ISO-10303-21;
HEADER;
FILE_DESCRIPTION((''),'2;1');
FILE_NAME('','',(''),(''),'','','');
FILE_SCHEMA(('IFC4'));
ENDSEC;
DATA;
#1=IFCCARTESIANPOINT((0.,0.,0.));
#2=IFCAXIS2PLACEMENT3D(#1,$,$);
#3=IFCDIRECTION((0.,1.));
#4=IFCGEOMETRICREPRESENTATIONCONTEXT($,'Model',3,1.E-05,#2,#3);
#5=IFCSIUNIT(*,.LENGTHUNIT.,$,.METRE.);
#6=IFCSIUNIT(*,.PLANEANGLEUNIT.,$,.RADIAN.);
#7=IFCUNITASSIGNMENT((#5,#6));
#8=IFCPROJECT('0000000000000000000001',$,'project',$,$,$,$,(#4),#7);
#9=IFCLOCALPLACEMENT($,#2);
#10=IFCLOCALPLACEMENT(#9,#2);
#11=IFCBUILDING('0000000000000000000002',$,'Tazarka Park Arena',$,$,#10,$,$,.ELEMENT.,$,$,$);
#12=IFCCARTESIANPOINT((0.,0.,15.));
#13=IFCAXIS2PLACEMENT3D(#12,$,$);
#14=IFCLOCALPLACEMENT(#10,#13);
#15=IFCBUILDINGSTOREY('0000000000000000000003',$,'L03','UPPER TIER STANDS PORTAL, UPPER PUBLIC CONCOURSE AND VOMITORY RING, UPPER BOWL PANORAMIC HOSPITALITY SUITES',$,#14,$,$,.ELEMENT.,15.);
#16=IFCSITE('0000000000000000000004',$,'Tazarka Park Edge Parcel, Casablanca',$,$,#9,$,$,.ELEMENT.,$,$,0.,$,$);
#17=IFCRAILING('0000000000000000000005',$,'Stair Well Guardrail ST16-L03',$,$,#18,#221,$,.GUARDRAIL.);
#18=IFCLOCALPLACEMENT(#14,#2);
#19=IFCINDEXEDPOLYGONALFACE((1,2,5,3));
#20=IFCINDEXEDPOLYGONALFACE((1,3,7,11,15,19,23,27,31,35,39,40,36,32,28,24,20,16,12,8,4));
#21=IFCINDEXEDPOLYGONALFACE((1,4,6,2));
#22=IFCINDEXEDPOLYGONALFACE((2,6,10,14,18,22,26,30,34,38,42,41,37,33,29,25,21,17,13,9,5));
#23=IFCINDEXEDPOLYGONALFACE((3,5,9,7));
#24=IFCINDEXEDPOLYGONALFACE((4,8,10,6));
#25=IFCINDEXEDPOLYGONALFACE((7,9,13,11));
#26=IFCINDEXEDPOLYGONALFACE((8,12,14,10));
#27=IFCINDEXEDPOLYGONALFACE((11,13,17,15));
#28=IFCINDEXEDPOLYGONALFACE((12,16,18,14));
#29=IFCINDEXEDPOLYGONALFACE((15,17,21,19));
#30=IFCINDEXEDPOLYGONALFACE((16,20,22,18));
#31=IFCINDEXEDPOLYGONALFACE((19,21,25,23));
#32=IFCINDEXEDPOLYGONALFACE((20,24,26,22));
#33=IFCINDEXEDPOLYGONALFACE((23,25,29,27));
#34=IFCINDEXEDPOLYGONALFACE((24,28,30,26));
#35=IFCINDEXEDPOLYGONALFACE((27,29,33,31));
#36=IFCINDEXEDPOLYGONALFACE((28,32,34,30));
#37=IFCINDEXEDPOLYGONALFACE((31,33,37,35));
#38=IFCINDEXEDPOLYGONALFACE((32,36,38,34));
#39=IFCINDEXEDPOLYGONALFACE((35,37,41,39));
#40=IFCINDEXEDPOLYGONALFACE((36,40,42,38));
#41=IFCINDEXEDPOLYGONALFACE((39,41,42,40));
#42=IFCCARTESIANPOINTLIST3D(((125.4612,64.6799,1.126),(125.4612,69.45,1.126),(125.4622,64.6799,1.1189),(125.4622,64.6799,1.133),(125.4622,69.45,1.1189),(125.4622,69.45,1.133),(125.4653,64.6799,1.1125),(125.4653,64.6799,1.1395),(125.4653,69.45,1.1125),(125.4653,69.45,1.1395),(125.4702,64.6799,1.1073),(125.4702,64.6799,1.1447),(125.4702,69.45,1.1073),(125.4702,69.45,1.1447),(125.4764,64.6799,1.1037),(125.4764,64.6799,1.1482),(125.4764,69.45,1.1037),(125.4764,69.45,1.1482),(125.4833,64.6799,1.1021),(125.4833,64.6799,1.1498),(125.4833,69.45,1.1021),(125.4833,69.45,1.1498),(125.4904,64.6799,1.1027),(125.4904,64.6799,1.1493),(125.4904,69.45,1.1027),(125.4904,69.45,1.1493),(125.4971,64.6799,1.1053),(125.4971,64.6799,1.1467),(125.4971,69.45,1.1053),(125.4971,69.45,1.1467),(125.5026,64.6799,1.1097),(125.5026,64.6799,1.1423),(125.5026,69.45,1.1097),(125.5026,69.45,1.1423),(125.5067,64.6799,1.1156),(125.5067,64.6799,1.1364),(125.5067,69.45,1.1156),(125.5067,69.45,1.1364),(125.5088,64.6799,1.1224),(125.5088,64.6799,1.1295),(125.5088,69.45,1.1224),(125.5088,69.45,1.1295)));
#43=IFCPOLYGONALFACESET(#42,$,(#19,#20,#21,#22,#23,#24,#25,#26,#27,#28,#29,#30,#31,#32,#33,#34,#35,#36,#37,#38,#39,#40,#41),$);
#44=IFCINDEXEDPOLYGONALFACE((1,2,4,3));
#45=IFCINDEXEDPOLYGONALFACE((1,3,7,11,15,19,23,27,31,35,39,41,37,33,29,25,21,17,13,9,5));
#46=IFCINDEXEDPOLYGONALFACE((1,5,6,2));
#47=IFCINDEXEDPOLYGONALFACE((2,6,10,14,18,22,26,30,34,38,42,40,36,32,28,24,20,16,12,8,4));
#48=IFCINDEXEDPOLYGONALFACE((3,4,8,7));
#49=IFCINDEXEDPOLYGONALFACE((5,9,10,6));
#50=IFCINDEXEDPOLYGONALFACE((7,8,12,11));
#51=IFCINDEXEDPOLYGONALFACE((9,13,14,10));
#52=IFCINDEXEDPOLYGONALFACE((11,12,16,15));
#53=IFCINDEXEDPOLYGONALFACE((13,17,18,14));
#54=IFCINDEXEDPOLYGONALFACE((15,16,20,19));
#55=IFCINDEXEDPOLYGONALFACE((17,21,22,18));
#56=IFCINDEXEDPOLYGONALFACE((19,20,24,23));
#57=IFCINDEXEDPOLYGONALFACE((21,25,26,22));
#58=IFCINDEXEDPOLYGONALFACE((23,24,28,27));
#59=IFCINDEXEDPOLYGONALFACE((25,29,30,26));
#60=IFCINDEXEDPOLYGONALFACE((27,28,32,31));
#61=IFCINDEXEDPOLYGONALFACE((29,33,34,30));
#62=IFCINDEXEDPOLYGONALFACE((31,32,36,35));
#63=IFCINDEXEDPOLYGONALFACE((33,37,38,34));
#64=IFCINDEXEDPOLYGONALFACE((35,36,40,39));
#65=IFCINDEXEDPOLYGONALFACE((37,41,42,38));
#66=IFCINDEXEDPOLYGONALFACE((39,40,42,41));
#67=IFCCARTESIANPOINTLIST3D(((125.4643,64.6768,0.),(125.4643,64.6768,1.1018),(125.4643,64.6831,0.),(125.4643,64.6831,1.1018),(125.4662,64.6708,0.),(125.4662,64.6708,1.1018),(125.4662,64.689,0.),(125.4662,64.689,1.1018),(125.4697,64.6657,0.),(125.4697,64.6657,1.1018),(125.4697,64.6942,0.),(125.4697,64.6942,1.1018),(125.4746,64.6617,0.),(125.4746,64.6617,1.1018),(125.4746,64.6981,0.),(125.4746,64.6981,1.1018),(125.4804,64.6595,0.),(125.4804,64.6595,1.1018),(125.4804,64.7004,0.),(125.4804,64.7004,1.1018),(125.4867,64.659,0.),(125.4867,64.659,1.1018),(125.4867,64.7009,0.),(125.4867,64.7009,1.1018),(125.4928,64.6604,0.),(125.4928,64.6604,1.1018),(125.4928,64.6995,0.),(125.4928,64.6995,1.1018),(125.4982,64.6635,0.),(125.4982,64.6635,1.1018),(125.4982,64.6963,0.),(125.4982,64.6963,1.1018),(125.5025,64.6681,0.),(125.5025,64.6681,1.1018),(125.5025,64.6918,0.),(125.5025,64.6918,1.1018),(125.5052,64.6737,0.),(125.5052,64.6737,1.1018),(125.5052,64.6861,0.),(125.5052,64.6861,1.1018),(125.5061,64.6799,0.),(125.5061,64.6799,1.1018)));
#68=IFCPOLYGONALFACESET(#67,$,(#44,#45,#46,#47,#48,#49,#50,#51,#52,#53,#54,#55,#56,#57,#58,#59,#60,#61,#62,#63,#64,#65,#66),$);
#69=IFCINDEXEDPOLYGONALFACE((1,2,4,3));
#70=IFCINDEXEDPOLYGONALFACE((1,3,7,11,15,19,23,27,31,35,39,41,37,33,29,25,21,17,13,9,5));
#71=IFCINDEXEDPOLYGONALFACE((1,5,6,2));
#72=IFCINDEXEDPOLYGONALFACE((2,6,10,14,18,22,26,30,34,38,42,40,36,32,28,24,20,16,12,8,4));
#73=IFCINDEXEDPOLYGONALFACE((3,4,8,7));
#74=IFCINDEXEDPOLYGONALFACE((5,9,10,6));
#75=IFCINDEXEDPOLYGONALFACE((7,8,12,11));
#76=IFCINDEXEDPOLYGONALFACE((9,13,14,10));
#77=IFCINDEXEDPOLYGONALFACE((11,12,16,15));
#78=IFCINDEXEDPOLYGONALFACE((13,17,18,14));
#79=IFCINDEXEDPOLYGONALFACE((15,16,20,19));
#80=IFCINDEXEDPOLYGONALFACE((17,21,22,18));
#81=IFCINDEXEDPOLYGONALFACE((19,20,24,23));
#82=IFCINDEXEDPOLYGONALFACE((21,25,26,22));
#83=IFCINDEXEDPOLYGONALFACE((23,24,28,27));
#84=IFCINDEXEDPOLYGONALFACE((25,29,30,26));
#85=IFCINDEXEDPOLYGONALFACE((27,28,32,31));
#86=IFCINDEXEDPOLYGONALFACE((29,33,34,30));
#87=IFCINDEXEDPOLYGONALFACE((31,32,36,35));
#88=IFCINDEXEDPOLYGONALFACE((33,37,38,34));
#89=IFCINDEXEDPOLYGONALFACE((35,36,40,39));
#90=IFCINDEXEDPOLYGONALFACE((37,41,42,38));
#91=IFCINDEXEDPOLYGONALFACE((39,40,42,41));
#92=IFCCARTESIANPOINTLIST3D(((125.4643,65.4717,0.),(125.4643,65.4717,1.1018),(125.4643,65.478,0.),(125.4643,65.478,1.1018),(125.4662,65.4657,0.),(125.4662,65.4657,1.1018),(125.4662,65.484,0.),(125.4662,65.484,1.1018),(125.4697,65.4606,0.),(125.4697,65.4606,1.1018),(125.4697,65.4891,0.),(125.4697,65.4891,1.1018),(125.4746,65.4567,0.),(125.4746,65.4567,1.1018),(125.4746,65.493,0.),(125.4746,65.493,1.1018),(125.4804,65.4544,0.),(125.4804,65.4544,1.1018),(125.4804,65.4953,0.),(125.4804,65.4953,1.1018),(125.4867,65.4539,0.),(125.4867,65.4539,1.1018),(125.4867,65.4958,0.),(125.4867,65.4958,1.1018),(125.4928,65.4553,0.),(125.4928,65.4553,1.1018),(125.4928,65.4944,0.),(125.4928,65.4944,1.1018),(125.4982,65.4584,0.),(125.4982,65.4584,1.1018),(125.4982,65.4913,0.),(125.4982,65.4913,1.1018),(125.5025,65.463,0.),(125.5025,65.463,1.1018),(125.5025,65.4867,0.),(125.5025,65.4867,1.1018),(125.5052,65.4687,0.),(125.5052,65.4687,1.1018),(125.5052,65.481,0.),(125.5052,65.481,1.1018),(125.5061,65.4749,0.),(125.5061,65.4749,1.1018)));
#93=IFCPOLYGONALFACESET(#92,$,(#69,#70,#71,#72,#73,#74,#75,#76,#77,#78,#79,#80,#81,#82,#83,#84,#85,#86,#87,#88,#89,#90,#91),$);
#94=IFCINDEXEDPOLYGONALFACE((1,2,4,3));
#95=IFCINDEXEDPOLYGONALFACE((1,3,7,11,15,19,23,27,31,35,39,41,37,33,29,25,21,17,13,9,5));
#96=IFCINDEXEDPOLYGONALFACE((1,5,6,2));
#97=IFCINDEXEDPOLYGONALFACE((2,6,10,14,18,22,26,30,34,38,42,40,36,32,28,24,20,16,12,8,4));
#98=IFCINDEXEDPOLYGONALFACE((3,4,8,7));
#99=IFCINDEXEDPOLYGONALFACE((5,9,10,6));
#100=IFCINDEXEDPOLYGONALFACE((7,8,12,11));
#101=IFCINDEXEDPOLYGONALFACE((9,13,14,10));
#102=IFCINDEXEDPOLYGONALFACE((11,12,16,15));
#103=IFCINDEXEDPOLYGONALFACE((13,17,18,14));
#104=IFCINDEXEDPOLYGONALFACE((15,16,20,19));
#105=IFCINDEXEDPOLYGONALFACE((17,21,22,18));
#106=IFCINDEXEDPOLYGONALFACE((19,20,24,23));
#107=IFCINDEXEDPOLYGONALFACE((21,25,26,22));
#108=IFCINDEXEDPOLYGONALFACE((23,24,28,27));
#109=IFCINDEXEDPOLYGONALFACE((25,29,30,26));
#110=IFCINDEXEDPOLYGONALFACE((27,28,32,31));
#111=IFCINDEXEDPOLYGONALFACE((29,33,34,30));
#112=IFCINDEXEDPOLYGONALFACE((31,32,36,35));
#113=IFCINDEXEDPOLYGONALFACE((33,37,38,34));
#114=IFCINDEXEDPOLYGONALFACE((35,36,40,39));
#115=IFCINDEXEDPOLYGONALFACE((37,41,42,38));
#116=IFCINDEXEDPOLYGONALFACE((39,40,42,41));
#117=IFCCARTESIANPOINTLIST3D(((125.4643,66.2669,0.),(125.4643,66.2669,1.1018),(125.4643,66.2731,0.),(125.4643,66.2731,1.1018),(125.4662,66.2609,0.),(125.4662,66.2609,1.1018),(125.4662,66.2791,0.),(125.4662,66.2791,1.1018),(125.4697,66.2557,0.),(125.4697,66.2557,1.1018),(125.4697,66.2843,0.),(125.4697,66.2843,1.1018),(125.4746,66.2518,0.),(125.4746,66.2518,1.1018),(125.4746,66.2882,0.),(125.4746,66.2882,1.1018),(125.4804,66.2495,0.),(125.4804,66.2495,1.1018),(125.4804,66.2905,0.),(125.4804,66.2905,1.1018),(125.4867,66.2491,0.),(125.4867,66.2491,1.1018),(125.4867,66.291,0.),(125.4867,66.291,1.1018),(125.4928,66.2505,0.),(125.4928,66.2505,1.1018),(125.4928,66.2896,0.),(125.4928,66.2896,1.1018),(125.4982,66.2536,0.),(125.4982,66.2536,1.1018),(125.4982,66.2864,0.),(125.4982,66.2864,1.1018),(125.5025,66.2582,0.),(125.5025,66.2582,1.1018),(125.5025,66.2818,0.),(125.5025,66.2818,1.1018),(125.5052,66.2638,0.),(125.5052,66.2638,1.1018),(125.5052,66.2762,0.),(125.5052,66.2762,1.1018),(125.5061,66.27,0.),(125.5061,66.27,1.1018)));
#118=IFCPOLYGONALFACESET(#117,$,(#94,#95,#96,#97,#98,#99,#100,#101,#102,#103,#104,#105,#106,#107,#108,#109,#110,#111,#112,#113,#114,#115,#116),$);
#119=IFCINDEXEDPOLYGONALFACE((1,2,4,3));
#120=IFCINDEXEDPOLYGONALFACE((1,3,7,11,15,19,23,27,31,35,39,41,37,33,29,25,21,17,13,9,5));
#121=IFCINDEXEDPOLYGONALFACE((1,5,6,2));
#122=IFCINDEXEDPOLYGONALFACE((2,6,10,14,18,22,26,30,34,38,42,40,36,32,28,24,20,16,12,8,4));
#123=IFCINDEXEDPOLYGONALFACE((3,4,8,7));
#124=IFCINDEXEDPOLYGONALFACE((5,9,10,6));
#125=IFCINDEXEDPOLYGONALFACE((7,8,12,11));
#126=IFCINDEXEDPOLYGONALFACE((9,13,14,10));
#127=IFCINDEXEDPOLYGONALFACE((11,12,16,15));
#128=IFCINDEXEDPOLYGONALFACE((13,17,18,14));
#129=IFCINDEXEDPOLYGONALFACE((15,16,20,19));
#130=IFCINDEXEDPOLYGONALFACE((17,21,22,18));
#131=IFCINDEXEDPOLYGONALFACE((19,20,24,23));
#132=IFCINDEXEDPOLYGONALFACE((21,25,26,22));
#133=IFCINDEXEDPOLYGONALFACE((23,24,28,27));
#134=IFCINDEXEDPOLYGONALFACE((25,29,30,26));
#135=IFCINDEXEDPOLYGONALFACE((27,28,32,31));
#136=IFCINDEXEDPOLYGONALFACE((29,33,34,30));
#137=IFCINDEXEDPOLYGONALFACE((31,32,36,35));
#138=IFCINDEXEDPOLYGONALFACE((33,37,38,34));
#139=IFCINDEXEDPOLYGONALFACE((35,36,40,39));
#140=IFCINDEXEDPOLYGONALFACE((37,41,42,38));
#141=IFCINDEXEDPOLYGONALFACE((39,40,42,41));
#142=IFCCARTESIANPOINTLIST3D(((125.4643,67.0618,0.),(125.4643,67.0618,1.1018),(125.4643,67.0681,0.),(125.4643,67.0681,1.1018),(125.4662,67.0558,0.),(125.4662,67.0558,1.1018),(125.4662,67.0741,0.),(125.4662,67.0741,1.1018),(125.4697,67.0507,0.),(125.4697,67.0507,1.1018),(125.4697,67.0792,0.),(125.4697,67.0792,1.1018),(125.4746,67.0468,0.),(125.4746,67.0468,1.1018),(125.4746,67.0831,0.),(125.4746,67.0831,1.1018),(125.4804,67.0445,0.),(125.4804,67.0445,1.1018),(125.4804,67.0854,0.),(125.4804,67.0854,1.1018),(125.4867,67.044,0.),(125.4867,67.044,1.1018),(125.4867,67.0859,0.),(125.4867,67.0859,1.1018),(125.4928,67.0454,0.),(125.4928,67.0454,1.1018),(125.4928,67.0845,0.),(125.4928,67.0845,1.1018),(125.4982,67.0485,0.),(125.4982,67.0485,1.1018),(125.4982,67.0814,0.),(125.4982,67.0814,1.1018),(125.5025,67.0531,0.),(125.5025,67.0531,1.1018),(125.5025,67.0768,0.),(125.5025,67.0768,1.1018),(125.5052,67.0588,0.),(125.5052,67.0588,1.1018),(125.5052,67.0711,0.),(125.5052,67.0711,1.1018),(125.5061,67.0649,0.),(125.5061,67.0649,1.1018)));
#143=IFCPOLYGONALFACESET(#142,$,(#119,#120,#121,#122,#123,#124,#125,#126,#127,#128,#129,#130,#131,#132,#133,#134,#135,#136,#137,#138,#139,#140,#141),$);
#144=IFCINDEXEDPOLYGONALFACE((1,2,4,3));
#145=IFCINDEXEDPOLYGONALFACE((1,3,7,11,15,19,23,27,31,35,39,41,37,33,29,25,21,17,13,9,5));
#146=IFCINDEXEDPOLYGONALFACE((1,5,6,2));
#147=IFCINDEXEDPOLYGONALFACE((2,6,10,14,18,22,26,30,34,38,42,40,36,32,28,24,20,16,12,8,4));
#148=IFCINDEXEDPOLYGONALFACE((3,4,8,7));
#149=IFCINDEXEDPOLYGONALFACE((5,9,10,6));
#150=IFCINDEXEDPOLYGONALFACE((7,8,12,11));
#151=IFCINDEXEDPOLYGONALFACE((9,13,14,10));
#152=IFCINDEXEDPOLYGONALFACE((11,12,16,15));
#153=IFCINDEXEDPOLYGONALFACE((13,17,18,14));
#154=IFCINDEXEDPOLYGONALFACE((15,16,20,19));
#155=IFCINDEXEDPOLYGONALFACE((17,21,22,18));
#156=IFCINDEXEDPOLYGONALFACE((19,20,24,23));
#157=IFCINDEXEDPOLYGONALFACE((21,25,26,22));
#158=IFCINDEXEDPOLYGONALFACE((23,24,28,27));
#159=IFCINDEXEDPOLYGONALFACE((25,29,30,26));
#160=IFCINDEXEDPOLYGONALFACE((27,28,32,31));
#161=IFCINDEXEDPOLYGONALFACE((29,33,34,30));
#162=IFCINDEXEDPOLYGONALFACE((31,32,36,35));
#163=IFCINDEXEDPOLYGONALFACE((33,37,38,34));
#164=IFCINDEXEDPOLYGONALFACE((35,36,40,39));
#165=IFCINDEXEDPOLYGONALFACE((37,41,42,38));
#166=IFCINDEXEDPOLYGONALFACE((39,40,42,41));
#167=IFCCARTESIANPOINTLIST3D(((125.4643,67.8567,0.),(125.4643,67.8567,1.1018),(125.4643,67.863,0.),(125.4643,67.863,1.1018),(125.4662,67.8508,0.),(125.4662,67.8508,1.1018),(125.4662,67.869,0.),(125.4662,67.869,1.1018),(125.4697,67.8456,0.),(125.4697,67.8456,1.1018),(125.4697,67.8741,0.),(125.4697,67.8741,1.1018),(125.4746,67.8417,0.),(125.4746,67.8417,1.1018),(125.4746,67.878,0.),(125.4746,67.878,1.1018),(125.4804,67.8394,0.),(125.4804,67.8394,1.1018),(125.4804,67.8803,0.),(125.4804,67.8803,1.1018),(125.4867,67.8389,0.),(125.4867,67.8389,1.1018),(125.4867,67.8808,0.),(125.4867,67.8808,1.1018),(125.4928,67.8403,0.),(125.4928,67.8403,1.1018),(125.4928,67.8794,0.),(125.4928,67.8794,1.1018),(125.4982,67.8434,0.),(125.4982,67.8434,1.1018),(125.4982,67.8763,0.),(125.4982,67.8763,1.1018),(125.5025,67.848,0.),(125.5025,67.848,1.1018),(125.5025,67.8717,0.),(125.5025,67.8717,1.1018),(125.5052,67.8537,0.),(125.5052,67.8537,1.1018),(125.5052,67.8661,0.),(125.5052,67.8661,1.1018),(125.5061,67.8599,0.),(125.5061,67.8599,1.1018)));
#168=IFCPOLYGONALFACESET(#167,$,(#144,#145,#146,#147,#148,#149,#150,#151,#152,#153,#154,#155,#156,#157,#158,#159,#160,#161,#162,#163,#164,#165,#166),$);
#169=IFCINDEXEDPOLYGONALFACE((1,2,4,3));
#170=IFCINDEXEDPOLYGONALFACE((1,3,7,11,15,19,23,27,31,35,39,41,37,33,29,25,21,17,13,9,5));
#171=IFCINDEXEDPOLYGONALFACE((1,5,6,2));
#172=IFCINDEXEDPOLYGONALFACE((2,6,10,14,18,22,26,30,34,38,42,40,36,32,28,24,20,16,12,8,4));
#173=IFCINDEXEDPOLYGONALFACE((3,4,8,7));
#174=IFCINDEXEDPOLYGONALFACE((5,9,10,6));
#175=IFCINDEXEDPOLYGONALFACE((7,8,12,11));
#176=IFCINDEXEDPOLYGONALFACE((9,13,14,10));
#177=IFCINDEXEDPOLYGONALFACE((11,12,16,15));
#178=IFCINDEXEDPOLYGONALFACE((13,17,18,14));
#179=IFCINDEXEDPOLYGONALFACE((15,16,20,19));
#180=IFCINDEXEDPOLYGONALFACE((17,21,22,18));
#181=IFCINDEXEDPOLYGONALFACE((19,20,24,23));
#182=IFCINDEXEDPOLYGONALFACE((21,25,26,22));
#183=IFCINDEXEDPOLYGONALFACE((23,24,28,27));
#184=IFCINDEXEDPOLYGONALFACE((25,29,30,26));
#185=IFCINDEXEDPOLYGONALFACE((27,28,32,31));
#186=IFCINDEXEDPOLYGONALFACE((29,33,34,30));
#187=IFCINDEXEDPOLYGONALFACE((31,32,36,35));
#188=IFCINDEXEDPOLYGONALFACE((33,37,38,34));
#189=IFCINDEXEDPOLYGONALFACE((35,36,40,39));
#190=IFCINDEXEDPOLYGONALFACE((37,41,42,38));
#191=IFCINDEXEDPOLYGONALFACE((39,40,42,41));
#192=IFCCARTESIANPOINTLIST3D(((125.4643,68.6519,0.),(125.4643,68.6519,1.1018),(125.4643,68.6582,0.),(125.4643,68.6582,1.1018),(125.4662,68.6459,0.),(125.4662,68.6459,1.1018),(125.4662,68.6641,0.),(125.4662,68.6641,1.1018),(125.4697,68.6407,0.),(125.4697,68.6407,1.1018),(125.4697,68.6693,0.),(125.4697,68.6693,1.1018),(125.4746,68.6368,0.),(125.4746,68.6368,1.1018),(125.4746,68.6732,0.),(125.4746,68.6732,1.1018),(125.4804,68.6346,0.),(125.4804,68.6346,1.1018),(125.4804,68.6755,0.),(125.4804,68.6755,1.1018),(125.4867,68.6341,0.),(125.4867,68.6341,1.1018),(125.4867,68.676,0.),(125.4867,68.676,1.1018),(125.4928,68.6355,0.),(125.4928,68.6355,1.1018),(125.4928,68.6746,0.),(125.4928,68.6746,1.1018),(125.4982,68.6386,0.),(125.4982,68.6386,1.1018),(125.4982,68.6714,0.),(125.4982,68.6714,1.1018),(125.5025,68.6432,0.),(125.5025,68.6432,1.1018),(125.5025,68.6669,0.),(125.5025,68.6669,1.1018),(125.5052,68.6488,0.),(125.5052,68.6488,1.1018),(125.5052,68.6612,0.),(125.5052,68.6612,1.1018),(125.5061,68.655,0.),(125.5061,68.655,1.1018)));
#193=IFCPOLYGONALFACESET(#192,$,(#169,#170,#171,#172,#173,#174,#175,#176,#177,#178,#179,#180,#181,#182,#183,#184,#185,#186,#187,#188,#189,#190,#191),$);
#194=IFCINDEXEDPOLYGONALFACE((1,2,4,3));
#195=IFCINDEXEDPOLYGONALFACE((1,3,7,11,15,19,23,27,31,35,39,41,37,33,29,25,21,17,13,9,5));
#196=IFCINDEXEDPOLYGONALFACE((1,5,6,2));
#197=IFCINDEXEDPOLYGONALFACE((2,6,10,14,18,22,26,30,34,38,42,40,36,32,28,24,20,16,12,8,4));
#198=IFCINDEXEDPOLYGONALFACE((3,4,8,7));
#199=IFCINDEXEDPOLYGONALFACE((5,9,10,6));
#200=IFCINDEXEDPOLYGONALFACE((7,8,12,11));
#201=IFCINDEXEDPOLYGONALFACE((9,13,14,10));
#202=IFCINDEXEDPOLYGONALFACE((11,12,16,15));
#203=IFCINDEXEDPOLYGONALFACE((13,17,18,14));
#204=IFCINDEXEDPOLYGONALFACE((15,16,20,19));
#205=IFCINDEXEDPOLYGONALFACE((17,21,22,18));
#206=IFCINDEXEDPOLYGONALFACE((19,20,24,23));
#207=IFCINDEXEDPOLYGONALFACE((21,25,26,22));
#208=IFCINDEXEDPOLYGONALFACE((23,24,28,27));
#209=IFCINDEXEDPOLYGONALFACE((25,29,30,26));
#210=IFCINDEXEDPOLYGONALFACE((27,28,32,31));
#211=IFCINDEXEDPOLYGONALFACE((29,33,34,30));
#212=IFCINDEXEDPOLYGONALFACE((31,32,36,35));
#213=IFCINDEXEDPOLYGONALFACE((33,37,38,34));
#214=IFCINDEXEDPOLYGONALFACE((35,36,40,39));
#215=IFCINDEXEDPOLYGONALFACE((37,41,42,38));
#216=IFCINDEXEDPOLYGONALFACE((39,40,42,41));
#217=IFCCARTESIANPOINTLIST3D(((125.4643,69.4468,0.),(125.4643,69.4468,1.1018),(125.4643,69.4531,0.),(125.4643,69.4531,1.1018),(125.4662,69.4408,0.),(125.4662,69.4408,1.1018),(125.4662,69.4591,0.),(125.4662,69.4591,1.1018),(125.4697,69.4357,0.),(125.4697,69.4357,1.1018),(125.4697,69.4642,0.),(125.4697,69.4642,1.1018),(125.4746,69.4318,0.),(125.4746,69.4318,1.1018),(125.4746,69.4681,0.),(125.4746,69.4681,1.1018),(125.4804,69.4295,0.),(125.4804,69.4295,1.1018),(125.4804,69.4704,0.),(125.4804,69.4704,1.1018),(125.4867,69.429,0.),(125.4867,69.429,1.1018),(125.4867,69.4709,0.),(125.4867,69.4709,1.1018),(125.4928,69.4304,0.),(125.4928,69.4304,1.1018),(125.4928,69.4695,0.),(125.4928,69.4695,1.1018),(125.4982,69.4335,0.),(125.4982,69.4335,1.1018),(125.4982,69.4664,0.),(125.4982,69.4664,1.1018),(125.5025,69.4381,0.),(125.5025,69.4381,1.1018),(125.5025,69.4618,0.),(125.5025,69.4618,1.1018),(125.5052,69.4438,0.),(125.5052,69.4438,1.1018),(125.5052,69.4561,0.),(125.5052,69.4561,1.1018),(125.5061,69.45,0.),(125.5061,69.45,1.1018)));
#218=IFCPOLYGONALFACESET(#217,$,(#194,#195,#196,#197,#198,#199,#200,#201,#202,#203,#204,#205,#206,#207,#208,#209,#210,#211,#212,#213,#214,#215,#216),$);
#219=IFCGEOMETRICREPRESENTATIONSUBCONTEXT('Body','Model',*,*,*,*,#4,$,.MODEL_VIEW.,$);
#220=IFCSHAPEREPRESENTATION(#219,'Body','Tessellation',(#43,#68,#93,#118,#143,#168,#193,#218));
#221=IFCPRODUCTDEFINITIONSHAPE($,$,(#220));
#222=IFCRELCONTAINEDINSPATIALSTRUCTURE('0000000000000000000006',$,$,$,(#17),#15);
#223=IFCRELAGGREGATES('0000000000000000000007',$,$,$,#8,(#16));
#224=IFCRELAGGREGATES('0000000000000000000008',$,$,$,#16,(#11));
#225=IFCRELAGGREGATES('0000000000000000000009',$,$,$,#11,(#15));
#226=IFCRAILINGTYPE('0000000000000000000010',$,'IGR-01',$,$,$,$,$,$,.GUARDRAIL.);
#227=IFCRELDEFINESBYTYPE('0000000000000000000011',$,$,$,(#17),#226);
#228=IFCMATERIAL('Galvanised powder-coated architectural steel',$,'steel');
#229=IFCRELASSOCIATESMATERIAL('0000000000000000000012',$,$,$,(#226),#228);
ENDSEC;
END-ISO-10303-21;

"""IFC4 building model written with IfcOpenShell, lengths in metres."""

from ifc_helpers import new_model, si_unit, direction, frame, origin, origin_2d, place, context, subcontext, project, spatial, circle, extrude, material, type_object, element, save


model = new_model("IFC4")

# Units and contexts
model_context = context("Model", 3, precision=1e-05, world=origin(), true_north=direction((0.0, 1.0)))
body_context = subcontext(model_context, "Body", "Model", "MODEL_VIEW")
ifc_project = project(units=[si_unit("LENGTHUNIT", "METRE"), si_unit("PLANEANGLEUNIT", "RADIAN")], contexts=[model_context])

# Site, building, storey
site_placement = place(None, origin())
site = spatial("IfcSite", under=ifc_project, at=site_placement, Name="Tazarka Park Edge Parcel, Casablanca", CompositionType="ELEMENT", RefElevation=0.0)
building_placement = place(site_placement, origin())
building = spatial("IfcBuilding", under=site, at=building_placement, Name="Tazarka Park Arena", CompositionType="ELEMENT")
storey_placement = place(building_placement, frame((0.0, 0.0, 15.0)))
storey = spatial("IfcBuildingStorey", under=building, at=storey_placement, Name="L03", Description="UPPER TIER STANDS PORTAL, UPPER PUBLIC CONCOURSE AND VOMITORY RING, UPPER BOWL PANORAMIC HOSPITALITY SUITES", CompositionType="ELEMENT", Elevation=15.0)

# Railing
ifc_material_1 = material(Name="Galvanised powder-coated architectural steel", Category="steel")
railing_type = type_object("IfcRailingType", Name="IGR-01", PredefinedType="GUARDRAIL", material=ifc_material_1)
railing_1_placement = place(storey_placement, frame((125.4851, 64.6799, 0.0)))
element("IfcRailing", 1, at=railing_1_placement, inside=storey, type_object=railing_type, Name="Stair Well Guardrail ST16-L03", PredefinedType="GUARDRAIL", context=body_context, shape_type="SweptSolid", body=[
    extrude(circle(Radius=0.0239, at=origin_2d()), frame((0.0, 0.0, 1.126), z_axis=(0.0, 1.0, 0.0), x_axis=(-1.0, 0.0, 0.0)), (0.0, 0.0, 1.0), 4.77),
    extrude(circle(Radius=0.021, at=origin_2d()), origin(), (0.0, 0.0, 1.0), 1.1018),
    extrude(circle(Radius=0.021, at=origin_2d()), frame((0.0, 0.7949, 0.0)), (0.0, 0.0, 1.0), 1.1018),
    extrude(circle(Radius=0.021, at=origin_2d()), frame((0.0, 1.5901, 0.0)), (0.0, 0.0, 1.0), 1.1018),
    extrude(circle(Radius=0.021, at=origin_2d()), frame((0.0, 2.385, 0.0)), (0.0, 0.0, 1.0), 1.1018),
    extrude(circle(Radius=0.021, at=origin_2d()), frame((0.0, 3.1799, 0.0)), (0.0, 0.0, 1.0), 1.1018),
    extrude(circle(Radius=0.021, at=origin_2d()), frame((0.0, 3.9751, 0.0)), (0.0, 0.0, 1.0), 1.1018),
    extrude(circle(Radius=0.021, at=origin_2d()), frame((0.0, 4.77, 0.0)), (0.0, 0.0, 1.0), 1.1018),
])

save(model, "model.ifc")
